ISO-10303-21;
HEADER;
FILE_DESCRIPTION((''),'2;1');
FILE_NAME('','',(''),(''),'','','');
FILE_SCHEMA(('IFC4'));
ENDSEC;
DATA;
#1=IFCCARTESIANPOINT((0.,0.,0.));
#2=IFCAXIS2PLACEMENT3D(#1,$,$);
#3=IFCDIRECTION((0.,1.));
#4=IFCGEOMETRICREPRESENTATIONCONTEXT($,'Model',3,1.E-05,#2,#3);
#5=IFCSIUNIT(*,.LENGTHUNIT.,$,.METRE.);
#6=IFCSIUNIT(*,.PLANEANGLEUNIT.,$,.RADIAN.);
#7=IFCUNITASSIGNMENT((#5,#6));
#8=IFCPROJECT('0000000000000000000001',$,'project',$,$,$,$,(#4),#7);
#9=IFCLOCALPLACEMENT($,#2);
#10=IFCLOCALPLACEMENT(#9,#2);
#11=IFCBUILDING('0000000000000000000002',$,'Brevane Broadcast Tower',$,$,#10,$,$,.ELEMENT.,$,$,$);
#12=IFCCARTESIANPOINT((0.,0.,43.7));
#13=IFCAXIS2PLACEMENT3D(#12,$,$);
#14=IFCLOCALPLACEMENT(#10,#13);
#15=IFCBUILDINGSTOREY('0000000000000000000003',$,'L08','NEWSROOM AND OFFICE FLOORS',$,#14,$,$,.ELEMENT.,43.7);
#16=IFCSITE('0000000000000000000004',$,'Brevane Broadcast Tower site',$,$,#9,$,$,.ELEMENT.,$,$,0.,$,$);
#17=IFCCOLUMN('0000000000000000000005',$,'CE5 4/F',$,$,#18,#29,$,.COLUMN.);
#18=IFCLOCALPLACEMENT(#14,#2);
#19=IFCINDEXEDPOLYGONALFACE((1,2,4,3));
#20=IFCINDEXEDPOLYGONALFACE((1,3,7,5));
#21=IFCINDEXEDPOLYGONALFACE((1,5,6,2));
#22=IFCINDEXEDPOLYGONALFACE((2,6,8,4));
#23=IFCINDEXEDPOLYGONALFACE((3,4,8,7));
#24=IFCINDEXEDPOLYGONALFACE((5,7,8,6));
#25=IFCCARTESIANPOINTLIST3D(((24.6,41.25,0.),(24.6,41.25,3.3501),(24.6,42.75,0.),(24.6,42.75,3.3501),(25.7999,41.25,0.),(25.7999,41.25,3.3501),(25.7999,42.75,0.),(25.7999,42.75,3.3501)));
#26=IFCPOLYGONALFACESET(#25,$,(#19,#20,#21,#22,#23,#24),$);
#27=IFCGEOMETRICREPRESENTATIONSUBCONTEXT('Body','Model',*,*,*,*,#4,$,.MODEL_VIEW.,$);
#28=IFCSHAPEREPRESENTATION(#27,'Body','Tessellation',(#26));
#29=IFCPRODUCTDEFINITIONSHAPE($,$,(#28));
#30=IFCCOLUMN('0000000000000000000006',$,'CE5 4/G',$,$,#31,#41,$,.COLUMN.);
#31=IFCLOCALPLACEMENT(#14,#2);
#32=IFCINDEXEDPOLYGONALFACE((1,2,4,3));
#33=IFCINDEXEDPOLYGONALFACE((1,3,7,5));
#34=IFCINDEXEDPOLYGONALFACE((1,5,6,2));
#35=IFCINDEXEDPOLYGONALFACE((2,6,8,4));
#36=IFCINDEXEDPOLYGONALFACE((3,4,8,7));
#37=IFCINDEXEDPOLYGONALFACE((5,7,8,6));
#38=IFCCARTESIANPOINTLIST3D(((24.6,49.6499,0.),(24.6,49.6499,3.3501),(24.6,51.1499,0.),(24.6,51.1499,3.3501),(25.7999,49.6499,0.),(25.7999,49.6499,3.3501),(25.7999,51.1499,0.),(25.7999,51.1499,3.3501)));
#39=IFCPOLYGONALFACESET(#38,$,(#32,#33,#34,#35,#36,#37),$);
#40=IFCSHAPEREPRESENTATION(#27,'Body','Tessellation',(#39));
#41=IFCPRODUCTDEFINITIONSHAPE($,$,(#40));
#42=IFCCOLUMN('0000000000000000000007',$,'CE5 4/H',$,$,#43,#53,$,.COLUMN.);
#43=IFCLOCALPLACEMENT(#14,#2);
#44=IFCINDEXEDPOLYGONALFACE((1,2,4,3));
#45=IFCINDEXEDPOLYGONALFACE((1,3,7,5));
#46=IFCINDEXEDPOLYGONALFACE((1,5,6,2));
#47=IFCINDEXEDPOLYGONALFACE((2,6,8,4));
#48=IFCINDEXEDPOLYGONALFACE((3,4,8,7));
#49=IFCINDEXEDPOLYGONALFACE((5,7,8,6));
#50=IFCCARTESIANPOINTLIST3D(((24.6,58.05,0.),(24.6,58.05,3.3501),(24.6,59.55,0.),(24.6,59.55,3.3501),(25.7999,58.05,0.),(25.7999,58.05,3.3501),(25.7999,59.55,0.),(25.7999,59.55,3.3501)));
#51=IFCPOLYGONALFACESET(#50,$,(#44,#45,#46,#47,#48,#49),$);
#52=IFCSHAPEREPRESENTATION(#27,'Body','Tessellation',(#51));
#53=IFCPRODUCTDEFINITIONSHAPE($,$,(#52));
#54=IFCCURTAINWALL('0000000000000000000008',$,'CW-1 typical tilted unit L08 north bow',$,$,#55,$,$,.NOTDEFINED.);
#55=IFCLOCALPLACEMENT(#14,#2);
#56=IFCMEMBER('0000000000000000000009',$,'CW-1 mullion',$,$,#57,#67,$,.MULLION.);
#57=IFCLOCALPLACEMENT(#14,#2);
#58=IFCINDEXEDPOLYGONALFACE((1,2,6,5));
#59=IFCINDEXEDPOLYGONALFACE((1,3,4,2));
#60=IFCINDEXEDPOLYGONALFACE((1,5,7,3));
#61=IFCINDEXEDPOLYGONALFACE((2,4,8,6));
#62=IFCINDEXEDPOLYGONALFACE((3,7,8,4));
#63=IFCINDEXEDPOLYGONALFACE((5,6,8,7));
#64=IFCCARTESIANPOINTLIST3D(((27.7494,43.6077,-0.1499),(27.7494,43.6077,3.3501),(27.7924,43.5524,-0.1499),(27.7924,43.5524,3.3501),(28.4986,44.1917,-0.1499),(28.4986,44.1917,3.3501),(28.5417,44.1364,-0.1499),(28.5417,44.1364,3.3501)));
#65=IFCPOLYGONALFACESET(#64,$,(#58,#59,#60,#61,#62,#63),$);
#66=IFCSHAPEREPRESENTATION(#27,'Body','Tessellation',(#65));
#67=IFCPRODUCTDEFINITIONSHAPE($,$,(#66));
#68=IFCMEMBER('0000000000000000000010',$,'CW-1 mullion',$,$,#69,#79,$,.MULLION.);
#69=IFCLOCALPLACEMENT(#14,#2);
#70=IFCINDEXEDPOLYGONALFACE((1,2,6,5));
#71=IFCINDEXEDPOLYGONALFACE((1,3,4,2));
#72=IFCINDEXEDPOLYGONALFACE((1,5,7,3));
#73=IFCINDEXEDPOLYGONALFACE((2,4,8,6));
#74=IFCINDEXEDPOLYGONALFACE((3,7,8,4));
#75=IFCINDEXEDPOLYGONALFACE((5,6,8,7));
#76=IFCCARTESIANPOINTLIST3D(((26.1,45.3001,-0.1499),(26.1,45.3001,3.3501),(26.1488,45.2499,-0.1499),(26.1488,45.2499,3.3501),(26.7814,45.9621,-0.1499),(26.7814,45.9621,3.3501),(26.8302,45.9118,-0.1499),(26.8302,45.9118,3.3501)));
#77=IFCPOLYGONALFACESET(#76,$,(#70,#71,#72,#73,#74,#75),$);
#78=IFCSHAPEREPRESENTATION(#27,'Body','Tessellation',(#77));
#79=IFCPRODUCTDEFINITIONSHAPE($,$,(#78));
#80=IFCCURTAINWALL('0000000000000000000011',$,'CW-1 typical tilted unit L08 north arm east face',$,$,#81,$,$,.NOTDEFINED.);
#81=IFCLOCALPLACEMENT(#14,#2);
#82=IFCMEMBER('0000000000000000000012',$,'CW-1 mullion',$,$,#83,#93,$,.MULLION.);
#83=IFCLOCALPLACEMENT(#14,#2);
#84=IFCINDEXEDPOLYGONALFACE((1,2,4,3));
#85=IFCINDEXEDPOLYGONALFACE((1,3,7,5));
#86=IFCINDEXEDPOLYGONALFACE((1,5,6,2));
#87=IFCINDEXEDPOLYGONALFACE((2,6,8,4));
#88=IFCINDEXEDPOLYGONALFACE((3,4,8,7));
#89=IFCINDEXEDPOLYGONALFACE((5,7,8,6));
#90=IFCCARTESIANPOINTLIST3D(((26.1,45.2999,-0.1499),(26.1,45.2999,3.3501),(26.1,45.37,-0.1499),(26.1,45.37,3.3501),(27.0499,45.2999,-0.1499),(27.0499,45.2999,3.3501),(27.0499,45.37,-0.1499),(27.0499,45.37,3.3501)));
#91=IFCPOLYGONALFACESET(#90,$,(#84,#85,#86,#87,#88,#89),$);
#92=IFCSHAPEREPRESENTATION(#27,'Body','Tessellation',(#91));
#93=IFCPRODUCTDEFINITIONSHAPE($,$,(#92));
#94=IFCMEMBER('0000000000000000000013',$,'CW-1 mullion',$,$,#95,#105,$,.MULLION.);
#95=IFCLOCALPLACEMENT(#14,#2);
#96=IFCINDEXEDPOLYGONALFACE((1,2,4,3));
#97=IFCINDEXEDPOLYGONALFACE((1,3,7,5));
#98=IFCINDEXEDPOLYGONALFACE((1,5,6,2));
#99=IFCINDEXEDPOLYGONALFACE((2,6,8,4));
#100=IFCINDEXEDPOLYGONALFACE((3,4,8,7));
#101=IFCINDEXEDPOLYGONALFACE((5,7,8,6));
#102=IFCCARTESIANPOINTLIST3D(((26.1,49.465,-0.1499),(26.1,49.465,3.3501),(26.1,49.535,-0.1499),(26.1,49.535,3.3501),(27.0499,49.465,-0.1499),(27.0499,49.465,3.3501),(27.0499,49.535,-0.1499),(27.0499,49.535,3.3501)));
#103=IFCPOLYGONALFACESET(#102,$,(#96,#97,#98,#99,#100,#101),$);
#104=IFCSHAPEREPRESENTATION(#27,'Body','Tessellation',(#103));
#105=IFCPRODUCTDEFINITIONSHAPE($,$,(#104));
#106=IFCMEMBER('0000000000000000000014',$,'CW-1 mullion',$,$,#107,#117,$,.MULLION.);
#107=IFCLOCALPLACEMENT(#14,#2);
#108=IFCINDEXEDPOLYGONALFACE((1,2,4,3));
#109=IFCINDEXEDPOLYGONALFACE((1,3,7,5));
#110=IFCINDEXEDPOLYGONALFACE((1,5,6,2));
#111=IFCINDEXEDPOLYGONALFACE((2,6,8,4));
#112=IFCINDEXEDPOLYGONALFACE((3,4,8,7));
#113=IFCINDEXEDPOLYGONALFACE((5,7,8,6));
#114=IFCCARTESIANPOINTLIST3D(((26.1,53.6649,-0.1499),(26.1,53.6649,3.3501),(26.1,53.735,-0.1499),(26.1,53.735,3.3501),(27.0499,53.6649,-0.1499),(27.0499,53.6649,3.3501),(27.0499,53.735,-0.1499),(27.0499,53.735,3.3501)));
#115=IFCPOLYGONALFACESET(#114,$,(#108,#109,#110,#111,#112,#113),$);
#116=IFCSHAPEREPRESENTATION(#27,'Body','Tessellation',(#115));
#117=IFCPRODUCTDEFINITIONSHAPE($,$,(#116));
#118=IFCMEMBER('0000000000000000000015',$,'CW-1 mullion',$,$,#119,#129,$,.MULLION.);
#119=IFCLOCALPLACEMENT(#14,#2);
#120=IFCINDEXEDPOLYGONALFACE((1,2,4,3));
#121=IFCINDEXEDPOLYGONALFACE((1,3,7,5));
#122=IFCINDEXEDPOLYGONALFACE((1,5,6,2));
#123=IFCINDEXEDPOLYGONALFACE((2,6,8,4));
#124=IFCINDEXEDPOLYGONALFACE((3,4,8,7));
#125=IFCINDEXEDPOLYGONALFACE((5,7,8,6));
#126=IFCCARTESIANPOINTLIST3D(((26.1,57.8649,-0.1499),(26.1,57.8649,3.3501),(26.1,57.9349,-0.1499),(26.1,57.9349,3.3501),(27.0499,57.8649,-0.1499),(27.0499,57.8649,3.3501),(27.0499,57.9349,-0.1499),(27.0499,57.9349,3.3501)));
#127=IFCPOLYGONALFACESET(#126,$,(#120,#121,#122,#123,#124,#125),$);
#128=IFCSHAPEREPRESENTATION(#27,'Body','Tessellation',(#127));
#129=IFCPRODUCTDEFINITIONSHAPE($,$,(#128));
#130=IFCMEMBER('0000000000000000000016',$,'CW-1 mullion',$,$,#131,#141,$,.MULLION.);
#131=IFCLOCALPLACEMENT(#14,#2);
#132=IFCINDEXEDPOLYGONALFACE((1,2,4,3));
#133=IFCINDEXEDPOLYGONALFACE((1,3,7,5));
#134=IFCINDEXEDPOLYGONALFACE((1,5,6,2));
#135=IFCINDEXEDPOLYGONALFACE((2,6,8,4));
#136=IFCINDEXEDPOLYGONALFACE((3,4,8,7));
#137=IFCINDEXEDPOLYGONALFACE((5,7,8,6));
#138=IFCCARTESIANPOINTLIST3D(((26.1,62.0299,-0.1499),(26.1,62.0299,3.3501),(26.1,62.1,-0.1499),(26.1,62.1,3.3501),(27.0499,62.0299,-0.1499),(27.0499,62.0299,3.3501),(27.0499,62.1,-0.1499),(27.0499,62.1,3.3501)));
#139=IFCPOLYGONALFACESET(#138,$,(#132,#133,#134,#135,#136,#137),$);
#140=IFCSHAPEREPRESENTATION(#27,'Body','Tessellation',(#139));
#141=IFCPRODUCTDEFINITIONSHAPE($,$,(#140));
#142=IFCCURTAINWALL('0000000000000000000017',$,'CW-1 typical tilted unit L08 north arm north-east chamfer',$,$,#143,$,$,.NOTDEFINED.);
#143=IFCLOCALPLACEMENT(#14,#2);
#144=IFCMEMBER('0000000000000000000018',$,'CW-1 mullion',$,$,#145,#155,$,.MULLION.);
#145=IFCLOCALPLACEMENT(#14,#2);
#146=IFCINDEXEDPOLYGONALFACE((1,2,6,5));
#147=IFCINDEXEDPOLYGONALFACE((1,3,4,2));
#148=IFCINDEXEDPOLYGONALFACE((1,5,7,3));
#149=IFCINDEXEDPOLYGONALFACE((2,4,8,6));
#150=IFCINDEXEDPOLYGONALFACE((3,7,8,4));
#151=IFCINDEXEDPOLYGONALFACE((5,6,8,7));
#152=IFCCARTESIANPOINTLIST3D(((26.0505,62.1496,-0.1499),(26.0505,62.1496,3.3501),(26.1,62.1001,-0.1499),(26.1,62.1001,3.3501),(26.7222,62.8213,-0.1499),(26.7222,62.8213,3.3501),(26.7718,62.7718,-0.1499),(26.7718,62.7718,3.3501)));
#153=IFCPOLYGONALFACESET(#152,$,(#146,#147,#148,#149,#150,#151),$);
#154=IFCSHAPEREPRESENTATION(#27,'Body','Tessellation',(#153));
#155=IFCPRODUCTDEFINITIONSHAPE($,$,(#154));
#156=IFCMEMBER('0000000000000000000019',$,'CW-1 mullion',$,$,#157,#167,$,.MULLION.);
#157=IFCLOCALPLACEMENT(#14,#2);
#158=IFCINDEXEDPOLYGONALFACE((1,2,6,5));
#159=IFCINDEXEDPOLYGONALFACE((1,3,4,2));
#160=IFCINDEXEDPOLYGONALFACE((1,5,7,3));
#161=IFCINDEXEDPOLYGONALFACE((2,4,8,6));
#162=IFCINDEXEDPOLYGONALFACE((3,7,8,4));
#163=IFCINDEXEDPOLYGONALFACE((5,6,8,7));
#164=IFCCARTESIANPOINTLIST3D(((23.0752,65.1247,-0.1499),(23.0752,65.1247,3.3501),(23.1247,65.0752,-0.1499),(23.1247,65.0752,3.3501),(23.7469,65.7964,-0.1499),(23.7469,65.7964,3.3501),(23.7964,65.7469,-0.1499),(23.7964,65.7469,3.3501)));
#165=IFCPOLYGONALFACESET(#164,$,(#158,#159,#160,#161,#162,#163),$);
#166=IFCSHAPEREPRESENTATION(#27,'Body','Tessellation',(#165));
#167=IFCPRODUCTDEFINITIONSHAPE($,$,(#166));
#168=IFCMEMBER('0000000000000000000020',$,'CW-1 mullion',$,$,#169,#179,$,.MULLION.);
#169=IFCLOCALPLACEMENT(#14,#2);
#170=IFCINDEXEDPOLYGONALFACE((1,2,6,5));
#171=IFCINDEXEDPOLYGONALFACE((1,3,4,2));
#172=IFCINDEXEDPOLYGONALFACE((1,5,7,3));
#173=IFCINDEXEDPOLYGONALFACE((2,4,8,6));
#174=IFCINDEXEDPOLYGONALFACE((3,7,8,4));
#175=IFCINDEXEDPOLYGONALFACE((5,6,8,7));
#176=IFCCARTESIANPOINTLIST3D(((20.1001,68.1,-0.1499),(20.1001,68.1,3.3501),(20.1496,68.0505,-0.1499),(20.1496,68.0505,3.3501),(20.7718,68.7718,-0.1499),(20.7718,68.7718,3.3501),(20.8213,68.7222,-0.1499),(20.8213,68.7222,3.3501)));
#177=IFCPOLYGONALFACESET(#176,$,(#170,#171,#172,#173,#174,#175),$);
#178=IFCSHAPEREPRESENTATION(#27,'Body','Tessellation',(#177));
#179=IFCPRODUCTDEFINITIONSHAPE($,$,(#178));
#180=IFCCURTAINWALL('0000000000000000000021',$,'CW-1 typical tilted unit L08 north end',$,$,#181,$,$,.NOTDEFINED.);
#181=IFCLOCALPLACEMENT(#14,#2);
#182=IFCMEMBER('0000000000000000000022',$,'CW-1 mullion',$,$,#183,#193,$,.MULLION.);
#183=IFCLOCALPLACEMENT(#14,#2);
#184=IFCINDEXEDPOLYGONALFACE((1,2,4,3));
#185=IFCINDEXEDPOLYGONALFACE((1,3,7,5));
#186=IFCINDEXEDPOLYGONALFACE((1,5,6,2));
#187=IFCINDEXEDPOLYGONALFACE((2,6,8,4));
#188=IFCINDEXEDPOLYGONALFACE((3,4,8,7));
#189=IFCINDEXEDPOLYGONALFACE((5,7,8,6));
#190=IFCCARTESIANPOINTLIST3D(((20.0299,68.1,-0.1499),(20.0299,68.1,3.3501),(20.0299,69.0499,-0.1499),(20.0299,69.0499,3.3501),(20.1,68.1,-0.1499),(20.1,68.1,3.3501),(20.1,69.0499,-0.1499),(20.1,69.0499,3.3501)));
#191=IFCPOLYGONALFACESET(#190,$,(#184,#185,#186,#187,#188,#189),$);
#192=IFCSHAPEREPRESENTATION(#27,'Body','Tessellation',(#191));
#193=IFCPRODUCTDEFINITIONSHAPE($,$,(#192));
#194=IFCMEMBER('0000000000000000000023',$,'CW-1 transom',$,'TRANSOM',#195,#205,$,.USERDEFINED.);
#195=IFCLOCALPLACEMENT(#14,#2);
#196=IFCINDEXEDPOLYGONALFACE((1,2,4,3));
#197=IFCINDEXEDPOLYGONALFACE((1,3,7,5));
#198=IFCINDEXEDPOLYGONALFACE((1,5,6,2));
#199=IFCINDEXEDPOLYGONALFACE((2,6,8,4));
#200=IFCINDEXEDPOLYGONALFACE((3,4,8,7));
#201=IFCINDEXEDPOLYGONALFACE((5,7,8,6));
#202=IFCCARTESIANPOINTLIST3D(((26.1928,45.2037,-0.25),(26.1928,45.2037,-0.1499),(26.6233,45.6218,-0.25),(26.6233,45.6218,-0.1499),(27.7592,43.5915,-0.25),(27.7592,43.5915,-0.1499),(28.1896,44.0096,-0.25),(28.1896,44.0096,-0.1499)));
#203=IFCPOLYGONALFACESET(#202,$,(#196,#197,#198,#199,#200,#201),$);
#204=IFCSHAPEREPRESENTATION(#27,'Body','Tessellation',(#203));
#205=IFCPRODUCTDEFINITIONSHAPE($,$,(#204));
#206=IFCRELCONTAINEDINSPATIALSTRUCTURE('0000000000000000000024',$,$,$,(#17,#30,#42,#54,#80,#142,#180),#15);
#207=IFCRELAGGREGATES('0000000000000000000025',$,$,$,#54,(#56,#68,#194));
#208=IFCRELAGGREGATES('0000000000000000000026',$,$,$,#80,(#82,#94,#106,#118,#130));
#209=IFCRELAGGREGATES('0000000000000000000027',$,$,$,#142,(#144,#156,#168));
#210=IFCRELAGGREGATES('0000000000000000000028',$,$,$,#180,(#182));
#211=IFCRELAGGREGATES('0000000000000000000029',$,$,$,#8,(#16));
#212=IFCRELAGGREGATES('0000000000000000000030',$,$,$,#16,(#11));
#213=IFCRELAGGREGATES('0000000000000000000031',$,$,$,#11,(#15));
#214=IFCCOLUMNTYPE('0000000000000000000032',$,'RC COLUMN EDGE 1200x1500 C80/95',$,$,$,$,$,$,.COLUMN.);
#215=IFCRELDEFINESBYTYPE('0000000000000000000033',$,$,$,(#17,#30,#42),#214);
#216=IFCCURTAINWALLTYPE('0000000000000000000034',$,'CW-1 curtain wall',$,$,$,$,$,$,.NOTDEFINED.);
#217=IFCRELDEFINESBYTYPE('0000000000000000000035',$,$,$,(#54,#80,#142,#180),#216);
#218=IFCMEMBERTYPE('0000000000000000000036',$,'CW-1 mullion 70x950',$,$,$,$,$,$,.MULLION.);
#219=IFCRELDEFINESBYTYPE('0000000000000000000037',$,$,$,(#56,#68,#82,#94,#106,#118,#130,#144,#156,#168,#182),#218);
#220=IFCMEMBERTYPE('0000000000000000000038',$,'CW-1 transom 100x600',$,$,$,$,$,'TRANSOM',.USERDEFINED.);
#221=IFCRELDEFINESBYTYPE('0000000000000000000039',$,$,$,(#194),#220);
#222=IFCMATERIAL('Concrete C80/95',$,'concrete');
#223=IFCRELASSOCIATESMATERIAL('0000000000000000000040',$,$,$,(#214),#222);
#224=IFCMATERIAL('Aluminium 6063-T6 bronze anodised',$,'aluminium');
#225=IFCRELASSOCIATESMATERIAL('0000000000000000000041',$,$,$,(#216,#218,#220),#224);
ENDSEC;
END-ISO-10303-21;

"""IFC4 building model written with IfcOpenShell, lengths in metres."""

from ifc_helpers import new_model, si_unit, direction, frame, origin, origin_2d, place, context, subcontext, project, spatial, rectangle, extrude, material, material_profile, profile_set, type_object, element, aggregate, save


model = new_model("IFC4")

# Units and contexts
model_context = context("Model", 3, precision=1e-05, world=origin(), true_north=direction((0.0, 1.0)))
body_context = subcontext(model_context, "Body", "Model", "MODEL_VIEW")
ifc_project = project(units=[si_unit("LENGTHUNIT", "METRE"), si_unit("PLANEANGLEUNIT", "RADIAN")], contexts=[model_context])

# Site, building, storey
site_placement = place(None, origin())
site = spatial("IfcSite", under=ifc_project, at=site_placement, Name="Brevane Broadcast Tower site", CompositionType="ELEMENT", RefElevation=0.0)
building_placement = place(site_placement, origin())
building = spatial("IfcBuilding", under=site, at=building_placement, Name="Brevane Broadcast Tower", CompositionType="ELEMENT")
storey_placement = place(building_placement, frame((0.0, 0.0, 43.7)))
storey = spatial("IfcBuildingStorey", under=building, at=storey_placement, Name="L08", Description="NEWSROOM AND OFFICE FLOORS", CompositionType="ELEMENT", Elevation=43.7)

# Columns
ifc_material_1 = material(Name="Concrete C80/95", Category="concrete")
ifc_material_profile_1 = material_profile(ifc_material_1, rectangle(XDim=1.2, YDim=1.5, at=origin_2d()), Name="RC 1200x1500")
ifc_profile_set_1 = profile_set([ifc_material_profile_1], Name="Concrete C80/95")
column_type = type_object("IfcColumnType", Name="RC COLUMN EDGE 1200x1500 C80/95", PredefinedType="COLUMN", material=ifc_profile_set_1)
for number, where, z_axis, x_axis, name in (
    (1, (25.2, 42.0, 0.0), (0.0, 0.0, 1.0), (1.0, 0.0, 0.0), "CE5 4/F"),
    (2, (25.2, 50.3999, 0.0), (0.0, 0.0, 1.0), (1.0, 0.0, 0.0), "CE5 4/G"),
    (3, (25.2, 58.8, 0.0), (0.0, 0.0, 1.0), (1.0, 0.0, 0.0), "CE5 4/H"),
):
    element("IfcColumn", number, at=place(storey_placement, frame(where, z_axis=z_axis, x_axis=x_axis)), inside=storey, type_object=column_type, Name=name, PredefinedType="COLUMN", context=body_context, shape_type="SweptSolid", body=[
        extrude(rectangle(XDim=1.2, YDim=1.5, at=origin_2d()), origin(), (0.0, 0.0, 1.0), 3.3501),
    ])

# Curtain walls, members
ifc_material_2 = material(Name="Aluminium 6063-T6 bronze anodised", Category="aluminium")
curtain_wall_type = type_object("IfcCurtainWallType", Name="CW-1 curtain wall", PredefinedType="NOTDEFINED", material=ifc_material_2)
curtain_wall_1_placement = place(storey_placement, origin())
curtain_wall_1 = element("IfcCurtainWall", 4, at=curtain_wall_1_placement, inside=storey, type_object=curtain_wall_type, Name="CW-1 typical tilted unit L08 north bow", PredefinedType="NOTDEFINED")
ifc_material_profile_2 = material_profile(ifc_material_2, rectangle(XDim=0.95, YDim=0.0701, at=origin_2d()), Name="RECT 70x950")
ifc_profile_set_2 = profile_set([ifc_material_profile_2], Name="Aluminium 6063-T6 bronze anodised")
member_type_1 = type_object("IfcMemberType", Name="CW-1 mullion 70x950", PredefinedType="MULLION", material=ifc_profile_set_2)
member_1_placement = place(storey_placement, frame((28.1455, 43.8721, -0.1499), z_axis=(0.0, 0.0, 1.0), x_axis=(-0.788707, -0.61477, 0.0)))
member_1 = element("IfcMember", 5, at=member_1_placement, type_object=member_type_1, Name="CW-1 mullion", PredefinedType="MULLION", context=body_context, shape_type="SweptSolid", body=[
    extrude(rectangle(XDim=0.95, YDim=0.0701, at=origin_2d()), origin(), (0.0, 0.0, 1.0), 3.5),
])
member_2_placement = place(storey_placement, frame((26.4651, 45.606, -0.1499), z_axis=(0.0, 0.0, 1.0), x_axis=(-0.717254, -0.696812, 0.0)))
member_2 = element("IfcMember", 6, at=member_2_placement, type_object=member_type_1, Name="CW-1 mullion", PredefinedType="MULLION", context=body_context, shape_type="SweptSolid", body=[
    extrude(rectangle(XDim=0.95, YDim=0.0701, at=origin_2d()), origin(), (0.0, 0.0, 1.0), 3.5),
])
curtain_wall_2_placement = place(storey_placement, origin())
curtain_wall_2 = element("IfcCurtainWall", 7, at=curtain_wall_2_placement, inside=storey, type_object=curtain_wall_type, Name="CW-1 typical tilted unit L08 north arm east face", PredefinedType="NOTDEFINED")
member_3_placement = place(storey_placement, frame((26.575, 45.335, -0.1499), z_axis=(0.0, 0.0, 1.0), x_axis=(-1.0, 0.0, 0.0)))
member_3 = element("IfcMember", 8, at=member_3_placement, type_object=member_type_1, Name="CW-1 mullion", PredefinedType="MULLION", context=body_context, shape_type="SweptSolid", body=[
    extrude(rectangle(XDim=0.95, YDim=0.0701, at=origin_2d()), origin(), (0.0, 0.0, 1.0), 3.5),
])
member_4_placement = place(storey_placement, frame((26.575, 49.5, -0.1499), z_axis=(0.0, 0.0, 1.0), x_axis=(-1.0, 0.0, 0.0)))
member_4 = element("IfcMember", 9, at=member_4_placement, type_object=member_type_1, Name="CW-1 mullion", PredefinedType="MULLION", context=body_context, shape_type="SweptSolid", body=[
    extrude(rectangle(XDim=0.95, YDim=0.0701, at=origin_2d()), origin(), (0.0, 0.0, 1.0), 3.5),
])
member_5_placement = place(storey_placement, frame((26.575, 53.7, -0.1499), z_axis=(0.0, 0.0, 1.0), x_axis=(-1.0, 0.0, 0.0)))
member_5 = element("IfcMember", 10, at=member_5_placement, type_object=member_type_1, Name="CW-1 mullion", PredefinedType="MULLION", context=body_context, shape_type="SweptSolid", body=[
    extrude(rectangle(XDim=0.95, YDim=0.0701, at=origin_2d()), origin(), (0.0, 0.0, 1.0), 3.5),
])
member_6_placement = place(storey_placement, frame((26.575, 57.8999, -0.1499), z_axis=(0.0, 0.0, 1.0), x_axis=(-1.0, 0.0, 0.0)))
member_6 = element("IfcMember", 11, at=member_6_placement, type_object=member_type_1, Name="CW-1 mullion", PredefinedType="MULLION", context=body_context, shape_type="SweptSolid", body=[
    extrude(rectangle(XDim=0.95, YDim=0.0701, at=origin_2d()), origin(), (0.0, 0.0, 1.0), 3.5),
])
member_7_placement = place(storey_placement, frame((26.575, 62.0649, -0.1499), z_axis=(0.0, 0.0, 1.0), x_axis=(-1.0, 0.0, 0.0)))
member_7 = element("IfcMember", 12, at=member_7_placement, type_object=member_type_1, Name="CW-1 mullion", PredefinedType="MULLION", context=body_context, shape_type="SweptSolid", body=[
    extrude(rectangle(XDim=0.95, YDim=0.0701, at=origin_2d()), origin(), (0.0, 0.0, 1.0), 3.5),
])
curtain_wall_3_placement = place(storey_placement, origin())
curtain_wall_3 = element("IfcCurtainWall", 13, at=curtain_wall_3_placement, inside=storey, type_object=curtain_wall_type, Name="CW-1 typical tilted unit L08 north arm north-east chamfer", PredefinedType="NOTDEFINED")
member_8_placement = place(storey_placement, frame((26.4111, 62.4607, -0.1499), z_axis=(0.0, 0.0, 1.0), x_axis=(-0.707107, -0.707107, 0.0)))
member_8 = element("IfcMember", 14, at=member_8_placement, type_object=member_type_1, Name="CW-1 mullion", PredefinedType="MULLION", context=body_context, shape_type="SweptSolid", body=[
    extrude(rectangle(XDim=0.95, YDim=0.0701, at=origin_2d()), origin(), (0.0, 0.0, 1.0), 3.5),
])
member_9_placement = place(storey_placement, frame((23.4358, 65.4358, -0.1499), z_axis=(0.0, 0.0, 1.0), x_axis=(-0.707107, -0.707107, 0.0)))
member_9 = element("IfcMember", 15, at=member_9_placement, type_object=member_type_1, Name="CW-1 mullion", PredefinedType="MULLION", context=body_context, shape_type="SweptSolid", body=[
    extrude(rectangle(XDim=0.95, YDim=0.0701, at=origin_2d()), origin(), (0.0, 0.0, 1.0), 3.5),
])
member_10_placement = place(storey_placement, frame((20.4607, 68.4111, -0.1499), z_axis=(0.0, 0.0, 1.0), x_axis=(-0.707107, -0.707107, 0.0)))
member_10 = element("IfcMember", 16, at=member_10_placement, type_object=member_type_1, Name="CW-1 mullion", PredefinedType="MULLION", context=body_context, shape_type="SweptSolid", body=[
    extrude(rectangle(XDim=0.95, YDim=0.0701, at=origin_2d()), origin(), (0.0, 0.0, 1.0), 3.5),
])

# Curtain wall, member
curtain_wall_4_placement = place(storey_placement, origin())
curtain_wall_4 = element("IfcCurtainWall", 17, at=curtain_wall_4_placement, inside=storey, type_object=curtain_wall_type, Name="CW-1 typical tilted unit L08 north end", PredefinedType="NOTDEFINED")
member_11_placement = place(storey_placement, frame((20.0649, 68.575, -0.1499), z_axis=(0.0, 0.0, 1.0), x_axis=(0.0, -1.0, 0.0)))
member_11 = element("IfcMember", 18, at=member_11_placement, type_object=member_type_1, Name="CW-1 mullion", PredefinedType="MULLION", context=body_context, shape_type="SweptSolid", body=[
    extrude(rectangle(XDim=0.95, YDim=0.0701, at=origin_2d()), origin(), (0.0, 0.0, 1.0), 3.5),
])

# Member
ifc_material_profile_3 = material_profile(ifc_material_2, rectangle(XDim=0.6001, YDim=0.1001, at=origin_2d()), Name="RECT 100x600")
ifc_profile_set_3 = profile_set([ifc_material_profile_3], Name="Aluminium 6063-T6 bronze anodised")
member_type_2 = type_object("IfcMemberType", Name="CW-1 transom 100x600", ElementType="TRANSOM", PredefinedType="USERDEFINED", material=ifc_profile_set_3)
member_12_placement = place(storey_placement, frame((27.9744, 43.8005, -0.2), z_axis=(-0.696824, 0.717242, 0.0), x_axis=(-0.717242, -0.696824, 0.0)))
member_12 = element("IfcMember", 19, at=member_12_placement, type_object=member_type_2, Name="CW-1 transom", ObjectType="TRANSOM", PredefinedType="USERDEFINED", context=body_context, shape_type="SweptSolid", body=[
    extrude(rectangle(XDim=0.6001, YDim=0.1001, at=origin_2d()), origin(), (0.0, 0.0, 1.0), 2.2478),
])
aggregate(curtain_wall_1, [member_1, member_2, member_12])
aggregate(curtain_wall_2, [member_3, member_4, member_5, member_6, member_7])
aggregate(curtain_wall_3, [member_8, member_9, member_10])
aggregate(curtain_wall_4, [member_11])

save(model, "model.ifc")
